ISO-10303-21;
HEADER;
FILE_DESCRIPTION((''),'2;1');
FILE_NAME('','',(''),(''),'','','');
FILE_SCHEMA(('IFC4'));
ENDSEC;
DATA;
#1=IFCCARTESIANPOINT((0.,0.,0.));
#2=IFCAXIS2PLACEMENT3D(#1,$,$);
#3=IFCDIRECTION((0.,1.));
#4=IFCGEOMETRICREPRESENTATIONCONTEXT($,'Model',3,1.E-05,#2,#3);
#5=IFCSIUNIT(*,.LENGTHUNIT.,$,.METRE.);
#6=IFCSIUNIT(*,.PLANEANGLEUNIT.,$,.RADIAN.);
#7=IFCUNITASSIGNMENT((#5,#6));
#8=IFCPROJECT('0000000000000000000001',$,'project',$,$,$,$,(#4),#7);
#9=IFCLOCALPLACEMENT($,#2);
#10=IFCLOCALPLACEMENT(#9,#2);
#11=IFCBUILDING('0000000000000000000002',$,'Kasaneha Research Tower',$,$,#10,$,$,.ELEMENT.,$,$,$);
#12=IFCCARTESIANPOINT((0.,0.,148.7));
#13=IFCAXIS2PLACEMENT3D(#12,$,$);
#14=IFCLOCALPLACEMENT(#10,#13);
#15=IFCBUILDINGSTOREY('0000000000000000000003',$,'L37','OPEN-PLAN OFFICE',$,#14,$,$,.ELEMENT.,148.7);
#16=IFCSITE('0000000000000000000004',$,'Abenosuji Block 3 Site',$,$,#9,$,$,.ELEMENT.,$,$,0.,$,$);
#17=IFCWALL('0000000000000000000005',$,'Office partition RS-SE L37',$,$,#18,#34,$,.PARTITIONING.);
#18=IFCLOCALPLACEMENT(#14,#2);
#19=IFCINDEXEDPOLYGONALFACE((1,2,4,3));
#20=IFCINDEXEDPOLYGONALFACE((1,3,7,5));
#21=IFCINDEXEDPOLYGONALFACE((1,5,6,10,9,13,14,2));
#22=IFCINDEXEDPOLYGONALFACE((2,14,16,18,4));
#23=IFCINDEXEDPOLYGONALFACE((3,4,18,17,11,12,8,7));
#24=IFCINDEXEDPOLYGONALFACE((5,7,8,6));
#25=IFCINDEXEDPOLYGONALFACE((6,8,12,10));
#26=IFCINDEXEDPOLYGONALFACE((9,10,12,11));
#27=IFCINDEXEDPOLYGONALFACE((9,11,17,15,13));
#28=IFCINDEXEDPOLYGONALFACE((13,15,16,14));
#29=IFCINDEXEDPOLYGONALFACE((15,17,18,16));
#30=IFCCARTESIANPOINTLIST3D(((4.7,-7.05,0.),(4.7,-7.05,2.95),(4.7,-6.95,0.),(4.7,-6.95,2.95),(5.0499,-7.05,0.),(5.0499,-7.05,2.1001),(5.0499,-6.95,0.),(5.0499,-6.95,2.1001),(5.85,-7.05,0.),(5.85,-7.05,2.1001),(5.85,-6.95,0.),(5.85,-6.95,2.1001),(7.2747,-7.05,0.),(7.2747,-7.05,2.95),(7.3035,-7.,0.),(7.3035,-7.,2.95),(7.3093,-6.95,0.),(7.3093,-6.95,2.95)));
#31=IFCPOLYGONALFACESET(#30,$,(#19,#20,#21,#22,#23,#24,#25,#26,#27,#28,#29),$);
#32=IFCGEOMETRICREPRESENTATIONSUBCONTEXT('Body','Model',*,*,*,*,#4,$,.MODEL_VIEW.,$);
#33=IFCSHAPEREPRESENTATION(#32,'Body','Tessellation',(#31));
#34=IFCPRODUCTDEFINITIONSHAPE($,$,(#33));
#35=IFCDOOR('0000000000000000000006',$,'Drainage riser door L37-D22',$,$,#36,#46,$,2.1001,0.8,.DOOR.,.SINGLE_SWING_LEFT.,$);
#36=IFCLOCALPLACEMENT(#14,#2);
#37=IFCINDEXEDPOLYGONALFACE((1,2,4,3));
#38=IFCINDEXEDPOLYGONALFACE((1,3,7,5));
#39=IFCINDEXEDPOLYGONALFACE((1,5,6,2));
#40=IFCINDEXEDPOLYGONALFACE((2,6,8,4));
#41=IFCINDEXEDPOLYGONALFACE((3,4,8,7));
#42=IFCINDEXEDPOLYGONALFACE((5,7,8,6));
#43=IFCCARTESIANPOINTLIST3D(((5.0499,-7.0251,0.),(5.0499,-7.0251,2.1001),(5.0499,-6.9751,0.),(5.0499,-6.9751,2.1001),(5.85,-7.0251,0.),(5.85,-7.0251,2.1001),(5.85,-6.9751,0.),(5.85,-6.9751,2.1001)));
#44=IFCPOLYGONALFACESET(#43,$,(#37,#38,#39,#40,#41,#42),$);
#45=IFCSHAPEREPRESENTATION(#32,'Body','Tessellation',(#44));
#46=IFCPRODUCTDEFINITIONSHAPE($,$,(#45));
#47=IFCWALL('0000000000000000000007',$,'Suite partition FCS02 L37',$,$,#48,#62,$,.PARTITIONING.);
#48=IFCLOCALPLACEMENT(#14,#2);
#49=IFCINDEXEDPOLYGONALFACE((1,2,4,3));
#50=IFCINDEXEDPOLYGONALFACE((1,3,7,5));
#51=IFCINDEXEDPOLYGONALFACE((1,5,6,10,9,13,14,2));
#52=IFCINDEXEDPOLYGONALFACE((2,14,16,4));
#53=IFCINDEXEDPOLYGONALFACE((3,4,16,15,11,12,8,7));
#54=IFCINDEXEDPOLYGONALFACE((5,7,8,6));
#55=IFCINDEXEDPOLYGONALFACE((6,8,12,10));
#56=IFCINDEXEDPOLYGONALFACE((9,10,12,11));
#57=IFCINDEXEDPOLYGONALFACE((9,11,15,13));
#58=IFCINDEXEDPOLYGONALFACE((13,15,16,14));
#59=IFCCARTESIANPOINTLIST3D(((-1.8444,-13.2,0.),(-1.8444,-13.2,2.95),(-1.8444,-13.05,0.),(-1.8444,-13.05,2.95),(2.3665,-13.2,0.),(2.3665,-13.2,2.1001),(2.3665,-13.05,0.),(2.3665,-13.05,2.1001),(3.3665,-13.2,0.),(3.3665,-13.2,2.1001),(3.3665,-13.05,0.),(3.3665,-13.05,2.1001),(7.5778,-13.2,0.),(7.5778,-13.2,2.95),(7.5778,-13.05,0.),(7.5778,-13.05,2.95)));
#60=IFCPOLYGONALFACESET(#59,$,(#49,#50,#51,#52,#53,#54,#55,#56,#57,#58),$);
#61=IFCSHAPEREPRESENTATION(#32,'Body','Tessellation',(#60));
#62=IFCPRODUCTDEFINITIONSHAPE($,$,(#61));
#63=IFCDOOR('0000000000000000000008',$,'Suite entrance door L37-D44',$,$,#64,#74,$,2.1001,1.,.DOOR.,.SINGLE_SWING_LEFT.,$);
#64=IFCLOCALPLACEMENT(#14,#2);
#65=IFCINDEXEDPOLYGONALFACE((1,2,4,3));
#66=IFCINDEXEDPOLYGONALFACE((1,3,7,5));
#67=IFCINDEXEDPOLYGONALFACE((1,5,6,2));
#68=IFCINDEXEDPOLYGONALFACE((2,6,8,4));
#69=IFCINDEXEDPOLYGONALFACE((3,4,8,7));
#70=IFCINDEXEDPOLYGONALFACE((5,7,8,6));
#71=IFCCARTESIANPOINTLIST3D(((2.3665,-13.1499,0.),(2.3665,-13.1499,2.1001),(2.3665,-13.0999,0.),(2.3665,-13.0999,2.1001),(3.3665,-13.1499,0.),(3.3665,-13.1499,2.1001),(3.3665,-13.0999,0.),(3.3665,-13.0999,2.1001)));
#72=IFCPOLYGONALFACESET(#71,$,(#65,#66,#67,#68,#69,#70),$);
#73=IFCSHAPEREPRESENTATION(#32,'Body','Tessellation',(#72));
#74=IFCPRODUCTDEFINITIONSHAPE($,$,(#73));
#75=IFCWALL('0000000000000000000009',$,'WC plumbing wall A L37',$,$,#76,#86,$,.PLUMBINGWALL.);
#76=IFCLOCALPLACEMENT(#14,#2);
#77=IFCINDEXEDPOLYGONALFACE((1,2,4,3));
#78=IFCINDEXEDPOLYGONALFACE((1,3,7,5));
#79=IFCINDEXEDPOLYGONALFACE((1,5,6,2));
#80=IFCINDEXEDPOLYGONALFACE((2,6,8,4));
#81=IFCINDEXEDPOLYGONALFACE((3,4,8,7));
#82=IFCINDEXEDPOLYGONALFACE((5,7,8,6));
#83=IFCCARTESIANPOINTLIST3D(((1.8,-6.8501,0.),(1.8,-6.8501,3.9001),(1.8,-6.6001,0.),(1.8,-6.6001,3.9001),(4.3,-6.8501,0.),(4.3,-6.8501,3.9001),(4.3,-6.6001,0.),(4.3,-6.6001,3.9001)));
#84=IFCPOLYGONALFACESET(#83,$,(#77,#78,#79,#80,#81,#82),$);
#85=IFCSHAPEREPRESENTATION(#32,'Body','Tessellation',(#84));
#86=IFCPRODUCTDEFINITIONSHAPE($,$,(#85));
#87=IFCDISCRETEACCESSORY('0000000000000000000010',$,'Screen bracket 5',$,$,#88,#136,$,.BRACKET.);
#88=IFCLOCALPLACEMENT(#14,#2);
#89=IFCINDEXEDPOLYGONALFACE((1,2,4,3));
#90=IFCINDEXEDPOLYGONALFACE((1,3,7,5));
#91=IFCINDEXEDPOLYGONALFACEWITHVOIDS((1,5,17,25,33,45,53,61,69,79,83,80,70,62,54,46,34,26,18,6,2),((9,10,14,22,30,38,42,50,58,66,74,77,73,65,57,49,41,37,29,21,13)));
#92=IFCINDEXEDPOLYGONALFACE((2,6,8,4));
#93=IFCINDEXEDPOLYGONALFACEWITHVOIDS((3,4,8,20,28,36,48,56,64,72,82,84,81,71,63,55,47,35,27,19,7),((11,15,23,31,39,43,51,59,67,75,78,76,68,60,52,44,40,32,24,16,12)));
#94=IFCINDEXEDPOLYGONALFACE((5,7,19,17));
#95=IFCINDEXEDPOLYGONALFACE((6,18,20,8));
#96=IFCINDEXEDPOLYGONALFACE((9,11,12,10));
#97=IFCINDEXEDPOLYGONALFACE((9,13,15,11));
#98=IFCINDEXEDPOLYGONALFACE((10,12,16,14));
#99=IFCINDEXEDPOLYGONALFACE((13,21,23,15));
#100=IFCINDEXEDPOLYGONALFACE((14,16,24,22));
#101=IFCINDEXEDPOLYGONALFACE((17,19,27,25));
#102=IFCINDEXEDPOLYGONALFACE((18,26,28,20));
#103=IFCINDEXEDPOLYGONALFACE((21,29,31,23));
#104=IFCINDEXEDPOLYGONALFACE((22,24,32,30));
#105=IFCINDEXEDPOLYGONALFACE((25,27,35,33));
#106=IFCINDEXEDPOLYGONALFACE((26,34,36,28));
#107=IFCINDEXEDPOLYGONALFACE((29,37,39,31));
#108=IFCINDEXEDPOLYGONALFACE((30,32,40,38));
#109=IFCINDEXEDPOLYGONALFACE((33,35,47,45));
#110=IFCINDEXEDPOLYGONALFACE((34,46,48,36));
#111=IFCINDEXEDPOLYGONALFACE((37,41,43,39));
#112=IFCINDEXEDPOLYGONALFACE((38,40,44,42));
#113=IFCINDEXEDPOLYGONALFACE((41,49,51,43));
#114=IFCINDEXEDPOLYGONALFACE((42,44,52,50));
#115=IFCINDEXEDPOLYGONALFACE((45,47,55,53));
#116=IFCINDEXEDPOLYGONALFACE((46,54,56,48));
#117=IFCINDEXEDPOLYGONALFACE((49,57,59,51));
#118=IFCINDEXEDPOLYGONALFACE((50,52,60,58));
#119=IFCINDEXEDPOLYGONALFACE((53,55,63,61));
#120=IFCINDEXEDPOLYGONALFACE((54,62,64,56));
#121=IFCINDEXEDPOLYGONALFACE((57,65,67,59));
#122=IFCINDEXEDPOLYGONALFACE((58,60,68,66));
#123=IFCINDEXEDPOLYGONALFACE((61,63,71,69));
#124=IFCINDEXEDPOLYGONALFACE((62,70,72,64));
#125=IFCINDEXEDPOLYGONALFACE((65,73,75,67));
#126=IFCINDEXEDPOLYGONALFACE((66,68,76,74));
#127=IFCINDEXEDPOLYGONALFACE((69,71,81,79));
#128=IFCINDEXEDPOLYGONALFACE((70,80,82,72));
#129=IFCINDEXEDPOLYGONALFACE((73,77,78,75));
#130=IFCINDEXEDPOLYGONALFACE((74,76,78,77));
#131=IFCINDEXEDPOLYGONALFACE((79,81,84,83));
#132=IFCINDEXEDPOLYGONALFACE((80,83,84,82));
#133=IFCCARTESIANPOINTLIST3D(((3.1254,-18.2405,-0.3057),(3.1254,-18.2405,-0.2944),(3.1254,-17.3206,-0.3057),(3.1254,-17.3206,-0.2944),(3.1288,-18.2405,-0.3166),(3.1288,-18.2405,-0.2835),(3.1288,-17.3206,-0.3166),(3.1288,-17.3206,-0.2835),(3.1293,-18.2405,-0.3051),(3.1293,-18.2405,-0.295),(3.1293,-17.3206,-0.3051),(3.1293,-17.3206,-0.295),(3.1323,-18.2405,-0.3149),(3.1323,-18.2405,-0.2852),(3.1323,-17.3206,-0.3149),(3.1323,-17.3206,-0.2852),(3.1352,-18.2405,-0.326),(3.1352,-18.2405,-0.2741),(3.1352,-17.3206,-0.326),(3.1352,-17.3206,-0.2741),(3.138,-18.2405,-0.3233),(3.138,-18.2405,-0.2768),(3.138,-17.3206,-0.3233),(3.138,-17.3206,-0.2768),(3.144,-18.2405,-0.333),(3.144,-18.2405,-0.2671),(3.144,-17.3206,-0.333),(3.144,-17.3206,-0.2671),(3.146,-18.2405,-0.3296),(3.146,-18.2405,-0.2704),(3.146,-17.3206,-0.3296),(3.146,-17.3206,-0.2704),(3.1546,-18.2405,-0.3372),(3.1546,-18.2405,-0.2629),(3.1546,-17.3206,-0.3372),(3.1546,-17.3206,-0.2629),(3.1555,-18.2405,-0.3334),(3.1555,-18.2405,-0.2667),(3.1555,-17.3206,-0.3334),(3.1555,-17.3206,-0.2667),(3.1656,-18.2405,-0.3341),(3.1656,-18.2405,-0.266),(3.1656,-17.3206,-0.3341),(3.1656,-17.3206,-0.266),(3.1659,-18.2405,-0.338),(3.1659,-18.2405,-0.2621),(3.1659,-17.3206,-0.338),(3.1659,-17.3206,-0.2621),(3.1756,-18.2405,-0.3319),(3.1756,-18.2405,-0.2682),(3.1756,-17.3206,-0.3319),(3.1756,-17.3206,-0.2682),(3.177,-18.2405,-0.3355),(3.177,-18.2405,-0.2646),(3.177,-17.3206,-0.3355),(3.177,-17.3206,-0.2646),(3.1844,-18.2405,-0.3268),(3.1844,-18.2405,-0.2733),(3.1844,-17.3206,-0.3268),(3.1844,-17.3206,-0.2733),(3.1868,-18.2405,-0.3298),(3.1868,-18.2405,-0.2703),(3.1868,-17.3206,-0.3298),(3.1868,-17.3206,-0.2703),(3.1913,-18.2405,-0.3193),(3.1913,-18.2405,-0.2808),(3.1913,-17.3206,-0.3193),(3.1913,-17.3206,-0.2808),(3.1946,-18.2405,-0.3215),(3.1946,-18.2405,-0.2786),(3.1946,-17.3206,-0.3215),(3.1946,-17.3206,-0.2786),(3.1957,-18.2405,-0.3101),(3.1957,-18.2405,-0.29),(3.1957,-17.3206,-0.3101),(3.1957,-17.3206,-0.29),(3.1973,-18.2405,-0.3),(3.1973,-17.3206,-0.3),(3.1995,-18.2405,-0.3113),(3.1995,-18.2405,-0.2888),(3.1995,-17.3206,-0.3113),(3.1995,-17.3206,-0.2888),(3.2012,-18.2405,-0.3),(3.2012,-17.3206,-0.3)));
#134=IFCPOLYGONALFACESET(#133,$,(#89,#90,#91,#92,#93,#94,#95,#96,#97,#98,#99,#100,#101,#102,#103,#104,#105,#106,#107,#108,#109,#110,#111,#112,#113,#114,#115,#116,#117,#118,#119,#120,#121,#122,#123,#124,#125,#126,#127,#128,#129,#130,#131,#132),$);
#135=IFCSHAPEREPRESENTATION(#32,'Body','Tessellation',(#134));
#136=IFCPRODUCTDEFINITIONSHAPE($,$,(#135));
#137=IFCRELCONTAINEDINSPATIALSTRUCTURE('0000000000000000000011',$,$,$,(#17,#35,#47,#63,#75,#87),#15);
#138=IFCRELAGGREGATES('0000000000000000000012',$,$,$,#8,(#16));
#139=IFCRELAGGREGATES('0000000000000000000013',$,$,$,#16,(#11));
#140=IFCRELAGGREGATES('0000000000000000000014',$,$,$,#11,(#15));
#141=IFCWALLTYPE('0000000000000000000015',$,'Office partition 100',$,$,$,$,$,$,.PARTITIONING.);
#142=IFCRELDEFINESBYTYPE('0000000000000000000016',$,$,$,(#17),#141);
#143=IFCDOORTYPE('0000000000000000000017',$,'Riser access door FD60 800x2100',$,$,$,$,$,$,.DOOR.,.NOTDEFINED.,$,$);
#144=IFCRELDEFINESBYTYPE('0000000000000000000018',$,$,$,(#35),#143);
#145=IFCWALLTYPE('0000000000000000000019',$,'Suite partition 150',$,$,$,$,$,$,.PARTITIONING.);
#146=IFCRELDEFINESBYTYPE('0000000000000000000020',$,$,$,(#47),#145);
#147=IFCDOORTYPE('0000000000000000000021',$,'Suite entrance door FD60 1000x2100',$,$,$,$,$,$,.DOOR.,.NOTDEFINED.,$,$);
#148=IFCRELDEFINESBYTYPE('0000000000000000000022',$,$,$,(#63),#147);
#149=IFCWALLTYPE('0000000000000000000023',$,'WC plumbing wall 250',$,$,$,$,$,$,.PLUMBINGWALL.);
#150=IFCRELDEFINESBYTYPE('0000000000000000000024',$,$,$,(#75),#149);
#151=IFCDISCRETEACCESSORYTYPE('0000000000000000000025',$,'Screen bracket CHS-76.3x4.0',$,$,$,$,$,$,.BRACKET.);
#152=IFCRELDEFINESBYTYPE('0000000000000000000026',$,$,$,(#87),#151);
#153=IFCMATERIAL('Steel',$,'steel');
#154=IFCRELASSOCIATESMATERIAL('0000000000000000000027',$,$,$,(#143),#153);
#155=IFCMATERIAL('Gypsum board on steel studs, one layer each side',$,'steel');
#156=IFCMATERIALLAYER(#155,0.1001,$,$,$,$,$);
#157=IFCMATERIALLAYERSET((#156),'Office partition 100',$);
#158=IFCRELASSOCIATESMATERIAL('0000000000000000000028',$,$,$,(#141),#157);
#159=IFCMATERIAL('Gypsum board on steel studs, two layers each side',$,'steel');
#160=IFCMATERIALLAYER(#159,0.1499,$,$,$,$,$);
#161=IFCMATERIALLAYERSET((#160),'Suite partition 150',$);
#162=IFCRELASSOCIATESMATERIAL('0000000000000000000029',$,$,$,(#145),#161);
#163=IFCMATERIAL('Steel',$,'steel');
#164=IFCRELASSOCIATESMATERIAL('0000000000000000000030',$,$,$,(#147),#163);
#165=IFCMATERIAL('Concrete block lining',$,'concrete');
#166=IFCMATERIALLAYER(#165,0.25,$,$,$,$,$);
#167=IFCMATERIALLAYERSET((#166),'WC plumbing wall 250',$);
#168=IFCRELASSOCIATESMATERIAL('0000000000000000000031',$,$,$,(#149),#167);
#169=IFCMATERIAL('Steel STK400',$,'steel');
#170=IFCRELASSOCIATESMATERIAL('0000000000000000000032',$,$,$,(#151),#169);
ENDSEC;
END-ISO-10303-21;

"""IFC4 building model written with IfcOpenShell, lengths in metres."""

from ifc_helpers import new_model, si_unit, direction, frame, frame_2d, origin, origin_2d, place, context, subcontext, project, spatial, polyline, rectangle, hollow_circle, outline, extrude, material, layer, layer_set, material_profile, profile_set, type_object, element, fill, save


model = new_model("IFC4")

# Units and contexts
model_context = context("Model", 3, precision=1e-05, world=origin(), true_north=direction((0.0, 1.0)))
body_context = subcontext(model_context, "Body", "Model", "MODEL_VIEW")
ifc_project = project(units=[si_unit("LENGTHUNIT", "METRE"), si_unit("PLANEANGLEUNIT", "RADIAN")], contexts=[model_context])

# Site, building, storey
site_placement = place(None, origin())
site = spatial("IfcSite", under=ifc_project, at=site_placement, Name="Abenosuji Block 3 Site", CompositionType="ELEMENT", RefElevation=0.0)
building_placement = place(site_placement, origin())
building = spatial("IfcBuilding", under=site, at=building_placement, Name="Kasaneha Research Tower", CompositionType="ELEMENT")
storey_placement = place(building_placement, frame((0.0, 0.0, 148.7)))
storey = spatial("IfcBuildingStorey", under=building, at=storey_placement, Name="L37", Description="OPEN-PLAN OFFICE", CompositionType="ELEMENT", Elevation=148.7)

# Walls, openings, doors
ifc_material_1 = material(Name="Steel", Category="steel")
door_type_1 = type_object("IfcDoorType", Name="Riser access door FD60 800x2100", OperationType="NOTDEFINED", PredefinedType="DOOR", material=ifc_material_1)
ifc_material_2 = material(Name="Gypsum board on steel studs, one layer each side", Category="steel")
ifc_layer_1 = layer(ifc_material_2, 0.1001)
ifc_layer_set_1 = layer_set([ifc_layer_1], Name="Office partition 100")
wall_type_1 = type_object("IfcWallType", Name="Office partition 100", PredefinedType="PARTITIONING", material=ifc_layer_set_1)
wall_1_placement = place(storey_placement, frame((4.7, -7.0, 0.0), z_axis=(0.0, 0.0, 1.0), x_axis=(1.0, 0.0, 0.0)))
wall_1 = element("IfcWall", 1, at=wall_1_placement, inside=storey, type_object=wall_type_1, Name="Office partition RS-SE L37", PredefinedType="PARTITIONING", context=body_context, shape_type="SweptSolid", body=[
    extrude(outline(polyline([(0.0, -0.05), (0.3501, -0.05), (1.1501, -0.05), (2.5747, -0.05), (2.6035, 0.0), (2.6094, 0.05), (1.1501, 0.05), (0.3501, 0.05), (0.0, 0.05), (0.0, -0.05)])), origin(), (0.0, 0.0, 1.0), 2.95),
])
opening_1_placement = place(wall_1_placement, frame((0.3501, 0.0, 0.0)))
opening_1 = element("IfcOpeningElement", 2, at=opening_1_placement, cuts=wall_1, PredefinedType="OPENING", context=body_context, shape_type="SweptSolid", body=[
    extrude(rectangle(XDim=0.8, YDim=2.1001, at=frame_2d((0.3999, 1.05))), frame((0.0, 0.0601, 0.0), z_axis=(0.0, -1.0, 0.0), x_axis=(1.0, 0.0, 0.0)), (0.0, 0.0, 1.0), 0.1201),
])
door_1_placement = place(opening_1_placement, origin())
door_1 = element("IfcDoor", 3, at=door_1_placement, inside=storey, type_object=door_type_1, Name="Drainage riser door L37-D22", OperationType="SINGLE_SWING_LEFT", OverallHeight=2.1001, OverallWidth=0.8, PredefinedType="DOOR", context=body_context, shape_type="SweptSolid", body=[
    extrude(rectangle(XDim=0.8, YDim=2.1001, at=frame_2d((0.3999, 1.05))), frame((0.0, 0.0249, 0.0), z_axis=(0.0, -1.0, 0.0), x_axis=(1.0, 0.0, 0.0)), (0.0, 0.0, 1.0), 0.05),
])
fill(opening_1, door_1)
ifc_material_3 = material(Name="Gypsum board on steel studs, two layers each side", Category="steel")
ifc_layer_2 = layer(ifc_material_3, 0.1499)
ifc_layer_set_2 = layer_set([ifc_layer_2], Name="Suite partition 150")
wall_type_2 = type_object("IfcWallType", Name="Suite partition 150", PredefinedType="PARTITIONING", material=ifc_layer_set_2)
wall_2_placement = place(storey_placement, frame((7.5776, -13.125, 0.0), z_axis=(0.0, 0.0, 1.0), x_axis=(-1.0, 0.0, 0.0)))
wall_2 = element("IfcWall", 4, at=wall_2_placement, inside=storey, type_object=wall_type_2, Name="Suite partition FCS02 L37", PredefinedType="PARTITIONING", context=body_context, shape_type="SweptSolid", body=[
    extrude(rectangle(XDim=9.4221, YDim=0.1499, at=frame_2d((4.7109, 0.0))), origin(), (0.0, 0.0, 1.0), 2.95),
])
opening_2_placement = place(wall_2_placement, frame((4.2112, 0.0, 0.0)))
opening_2 = element("IfcOpeningElement", 5, at=opening_2_placement, cuts=wall_2, PredefinedType="OPENING", context=body_context, shape_type="SweptSolid", body=[
    extrude(rectangle(XDim=1.0, YDim=2.1001, at=frame_2d((0.5, 1.05))), frame((0.0, 0.085, 0.0), z_axis=(0.0, -1.0, 0.0), x_axis=(1.0, 0.0, 0.0)), (0.0, 0.0, 1.0), 0.1699),
])
ifc_material_4 = material(Name="Steel", Category="steel")
door_type_2 = type_object("IfcDoorType", Name="Suite entrance door FD60 1000x2100", OperationType="NOTDEFINED", PredefinedType="DOOR", material=ifc_material_4)
door_2_placement = place(opening_2_placement, origin())
door_2 = element("IfcDoor", 6, at=door_2_placement, inside=storey, type_object=door_type_2, Name="Suite entrance door L37-D44", OperationType="SINGLE_SWING_LEFT", OverallHeight=2.1001, OverallWidth=1.0, PredefinedType="DOOR", context=body_context, shape_type="SweptSolid", body=[
    extrude(rectangle(XDim=1.0, YDim=2.1001, at=frame_2d((0.5, 1.05))), frame((0.0, 0.0249, 0.0), z_axis=(0.0, -1.0, 0.0), x_axis=(1.0, 0.0, 0.0)), (0.0, 0.0, 1.0), 0.05),
])
fill(opening_2, door_2)

# Wall
ifc_material_5 = material(Name="Concrete block lining", Category="concrete")
ifc_layer_3 = layer(ifc_material_5, 0.25)
ifc_layer_set_3 = layer_set([ifc_layer_3], Name="WC plumbing wall 250")
wall_type_3 = type_object("IfcWallType", Name="WC plumbing wall 250", PredefinedType="PLUMBINGWALL", material=ifc_layer_set_3)
wall_3_placement = place(storey_placement, frame((1.8, -6.7251, 0.0), z_axis=(0.0, 0.0, 1.0), x_axis=(1.0, 0.0, 0.0)))
element("IfcWall", 7, at=wall_3_placement, inside=storey, type_object=wall_type_3, Name="WC plumbing wall A L37", PredefinedType="PLUMBINGWALL", context=body_context, shape_type="SweptSolid", body=[
    extrude(rectangle(XDim=2.5, YDim=0.25, at=frame_2d((1.25, 0.0))), origin(), (0.0, 0.0, 1.0), 3.9001),
])

# Discrete accessory
ifc_material_6 = material(Name="Steel STK400", Category="steel")
ifc_material_profile_1 = material_profile(ifc_material_6, hollow_circle(Radius=0.0381, WallThickness=0.0039, at=origin_2d()), Name="CHS-76.3x4.0")
ifc_profile_set_1 = profile_set([ifc_material_profile_1], Name="Steel STK400")
discrete_accessory_type = type_object("IfcDiscreteAccessoryType", Name="Screen bracket CHS-76.3x4.0", PredefinedType="BRACKET", material=ifc_profile_set_1)
for number, where, z_axis, x_axis, name in (
    (8, (3.1631, -17.3206, -0.3), (0.0, -1.0, 0.0), (1.0, 0.0, 0.0), "Screen bracket 5"),
):
    element("IfcDiscreteAccessory", number, at=place(storey_placement, frame(where, z_axis=z_axis, x_axis=x_axis)), inside=storey, type_object=discrete_accessory_type, Name=name, PredefinedType="BRACKET", context=body_context, shape_type="SweptSolid", body=[
        extrude(hollow_circle(Radius=0.0381, WallThickness=0.0039, at=origin_2d()), origin(), (0.0, 0.0, 1.0), 0.9199),
    ])

save(model, "model.ifc")
